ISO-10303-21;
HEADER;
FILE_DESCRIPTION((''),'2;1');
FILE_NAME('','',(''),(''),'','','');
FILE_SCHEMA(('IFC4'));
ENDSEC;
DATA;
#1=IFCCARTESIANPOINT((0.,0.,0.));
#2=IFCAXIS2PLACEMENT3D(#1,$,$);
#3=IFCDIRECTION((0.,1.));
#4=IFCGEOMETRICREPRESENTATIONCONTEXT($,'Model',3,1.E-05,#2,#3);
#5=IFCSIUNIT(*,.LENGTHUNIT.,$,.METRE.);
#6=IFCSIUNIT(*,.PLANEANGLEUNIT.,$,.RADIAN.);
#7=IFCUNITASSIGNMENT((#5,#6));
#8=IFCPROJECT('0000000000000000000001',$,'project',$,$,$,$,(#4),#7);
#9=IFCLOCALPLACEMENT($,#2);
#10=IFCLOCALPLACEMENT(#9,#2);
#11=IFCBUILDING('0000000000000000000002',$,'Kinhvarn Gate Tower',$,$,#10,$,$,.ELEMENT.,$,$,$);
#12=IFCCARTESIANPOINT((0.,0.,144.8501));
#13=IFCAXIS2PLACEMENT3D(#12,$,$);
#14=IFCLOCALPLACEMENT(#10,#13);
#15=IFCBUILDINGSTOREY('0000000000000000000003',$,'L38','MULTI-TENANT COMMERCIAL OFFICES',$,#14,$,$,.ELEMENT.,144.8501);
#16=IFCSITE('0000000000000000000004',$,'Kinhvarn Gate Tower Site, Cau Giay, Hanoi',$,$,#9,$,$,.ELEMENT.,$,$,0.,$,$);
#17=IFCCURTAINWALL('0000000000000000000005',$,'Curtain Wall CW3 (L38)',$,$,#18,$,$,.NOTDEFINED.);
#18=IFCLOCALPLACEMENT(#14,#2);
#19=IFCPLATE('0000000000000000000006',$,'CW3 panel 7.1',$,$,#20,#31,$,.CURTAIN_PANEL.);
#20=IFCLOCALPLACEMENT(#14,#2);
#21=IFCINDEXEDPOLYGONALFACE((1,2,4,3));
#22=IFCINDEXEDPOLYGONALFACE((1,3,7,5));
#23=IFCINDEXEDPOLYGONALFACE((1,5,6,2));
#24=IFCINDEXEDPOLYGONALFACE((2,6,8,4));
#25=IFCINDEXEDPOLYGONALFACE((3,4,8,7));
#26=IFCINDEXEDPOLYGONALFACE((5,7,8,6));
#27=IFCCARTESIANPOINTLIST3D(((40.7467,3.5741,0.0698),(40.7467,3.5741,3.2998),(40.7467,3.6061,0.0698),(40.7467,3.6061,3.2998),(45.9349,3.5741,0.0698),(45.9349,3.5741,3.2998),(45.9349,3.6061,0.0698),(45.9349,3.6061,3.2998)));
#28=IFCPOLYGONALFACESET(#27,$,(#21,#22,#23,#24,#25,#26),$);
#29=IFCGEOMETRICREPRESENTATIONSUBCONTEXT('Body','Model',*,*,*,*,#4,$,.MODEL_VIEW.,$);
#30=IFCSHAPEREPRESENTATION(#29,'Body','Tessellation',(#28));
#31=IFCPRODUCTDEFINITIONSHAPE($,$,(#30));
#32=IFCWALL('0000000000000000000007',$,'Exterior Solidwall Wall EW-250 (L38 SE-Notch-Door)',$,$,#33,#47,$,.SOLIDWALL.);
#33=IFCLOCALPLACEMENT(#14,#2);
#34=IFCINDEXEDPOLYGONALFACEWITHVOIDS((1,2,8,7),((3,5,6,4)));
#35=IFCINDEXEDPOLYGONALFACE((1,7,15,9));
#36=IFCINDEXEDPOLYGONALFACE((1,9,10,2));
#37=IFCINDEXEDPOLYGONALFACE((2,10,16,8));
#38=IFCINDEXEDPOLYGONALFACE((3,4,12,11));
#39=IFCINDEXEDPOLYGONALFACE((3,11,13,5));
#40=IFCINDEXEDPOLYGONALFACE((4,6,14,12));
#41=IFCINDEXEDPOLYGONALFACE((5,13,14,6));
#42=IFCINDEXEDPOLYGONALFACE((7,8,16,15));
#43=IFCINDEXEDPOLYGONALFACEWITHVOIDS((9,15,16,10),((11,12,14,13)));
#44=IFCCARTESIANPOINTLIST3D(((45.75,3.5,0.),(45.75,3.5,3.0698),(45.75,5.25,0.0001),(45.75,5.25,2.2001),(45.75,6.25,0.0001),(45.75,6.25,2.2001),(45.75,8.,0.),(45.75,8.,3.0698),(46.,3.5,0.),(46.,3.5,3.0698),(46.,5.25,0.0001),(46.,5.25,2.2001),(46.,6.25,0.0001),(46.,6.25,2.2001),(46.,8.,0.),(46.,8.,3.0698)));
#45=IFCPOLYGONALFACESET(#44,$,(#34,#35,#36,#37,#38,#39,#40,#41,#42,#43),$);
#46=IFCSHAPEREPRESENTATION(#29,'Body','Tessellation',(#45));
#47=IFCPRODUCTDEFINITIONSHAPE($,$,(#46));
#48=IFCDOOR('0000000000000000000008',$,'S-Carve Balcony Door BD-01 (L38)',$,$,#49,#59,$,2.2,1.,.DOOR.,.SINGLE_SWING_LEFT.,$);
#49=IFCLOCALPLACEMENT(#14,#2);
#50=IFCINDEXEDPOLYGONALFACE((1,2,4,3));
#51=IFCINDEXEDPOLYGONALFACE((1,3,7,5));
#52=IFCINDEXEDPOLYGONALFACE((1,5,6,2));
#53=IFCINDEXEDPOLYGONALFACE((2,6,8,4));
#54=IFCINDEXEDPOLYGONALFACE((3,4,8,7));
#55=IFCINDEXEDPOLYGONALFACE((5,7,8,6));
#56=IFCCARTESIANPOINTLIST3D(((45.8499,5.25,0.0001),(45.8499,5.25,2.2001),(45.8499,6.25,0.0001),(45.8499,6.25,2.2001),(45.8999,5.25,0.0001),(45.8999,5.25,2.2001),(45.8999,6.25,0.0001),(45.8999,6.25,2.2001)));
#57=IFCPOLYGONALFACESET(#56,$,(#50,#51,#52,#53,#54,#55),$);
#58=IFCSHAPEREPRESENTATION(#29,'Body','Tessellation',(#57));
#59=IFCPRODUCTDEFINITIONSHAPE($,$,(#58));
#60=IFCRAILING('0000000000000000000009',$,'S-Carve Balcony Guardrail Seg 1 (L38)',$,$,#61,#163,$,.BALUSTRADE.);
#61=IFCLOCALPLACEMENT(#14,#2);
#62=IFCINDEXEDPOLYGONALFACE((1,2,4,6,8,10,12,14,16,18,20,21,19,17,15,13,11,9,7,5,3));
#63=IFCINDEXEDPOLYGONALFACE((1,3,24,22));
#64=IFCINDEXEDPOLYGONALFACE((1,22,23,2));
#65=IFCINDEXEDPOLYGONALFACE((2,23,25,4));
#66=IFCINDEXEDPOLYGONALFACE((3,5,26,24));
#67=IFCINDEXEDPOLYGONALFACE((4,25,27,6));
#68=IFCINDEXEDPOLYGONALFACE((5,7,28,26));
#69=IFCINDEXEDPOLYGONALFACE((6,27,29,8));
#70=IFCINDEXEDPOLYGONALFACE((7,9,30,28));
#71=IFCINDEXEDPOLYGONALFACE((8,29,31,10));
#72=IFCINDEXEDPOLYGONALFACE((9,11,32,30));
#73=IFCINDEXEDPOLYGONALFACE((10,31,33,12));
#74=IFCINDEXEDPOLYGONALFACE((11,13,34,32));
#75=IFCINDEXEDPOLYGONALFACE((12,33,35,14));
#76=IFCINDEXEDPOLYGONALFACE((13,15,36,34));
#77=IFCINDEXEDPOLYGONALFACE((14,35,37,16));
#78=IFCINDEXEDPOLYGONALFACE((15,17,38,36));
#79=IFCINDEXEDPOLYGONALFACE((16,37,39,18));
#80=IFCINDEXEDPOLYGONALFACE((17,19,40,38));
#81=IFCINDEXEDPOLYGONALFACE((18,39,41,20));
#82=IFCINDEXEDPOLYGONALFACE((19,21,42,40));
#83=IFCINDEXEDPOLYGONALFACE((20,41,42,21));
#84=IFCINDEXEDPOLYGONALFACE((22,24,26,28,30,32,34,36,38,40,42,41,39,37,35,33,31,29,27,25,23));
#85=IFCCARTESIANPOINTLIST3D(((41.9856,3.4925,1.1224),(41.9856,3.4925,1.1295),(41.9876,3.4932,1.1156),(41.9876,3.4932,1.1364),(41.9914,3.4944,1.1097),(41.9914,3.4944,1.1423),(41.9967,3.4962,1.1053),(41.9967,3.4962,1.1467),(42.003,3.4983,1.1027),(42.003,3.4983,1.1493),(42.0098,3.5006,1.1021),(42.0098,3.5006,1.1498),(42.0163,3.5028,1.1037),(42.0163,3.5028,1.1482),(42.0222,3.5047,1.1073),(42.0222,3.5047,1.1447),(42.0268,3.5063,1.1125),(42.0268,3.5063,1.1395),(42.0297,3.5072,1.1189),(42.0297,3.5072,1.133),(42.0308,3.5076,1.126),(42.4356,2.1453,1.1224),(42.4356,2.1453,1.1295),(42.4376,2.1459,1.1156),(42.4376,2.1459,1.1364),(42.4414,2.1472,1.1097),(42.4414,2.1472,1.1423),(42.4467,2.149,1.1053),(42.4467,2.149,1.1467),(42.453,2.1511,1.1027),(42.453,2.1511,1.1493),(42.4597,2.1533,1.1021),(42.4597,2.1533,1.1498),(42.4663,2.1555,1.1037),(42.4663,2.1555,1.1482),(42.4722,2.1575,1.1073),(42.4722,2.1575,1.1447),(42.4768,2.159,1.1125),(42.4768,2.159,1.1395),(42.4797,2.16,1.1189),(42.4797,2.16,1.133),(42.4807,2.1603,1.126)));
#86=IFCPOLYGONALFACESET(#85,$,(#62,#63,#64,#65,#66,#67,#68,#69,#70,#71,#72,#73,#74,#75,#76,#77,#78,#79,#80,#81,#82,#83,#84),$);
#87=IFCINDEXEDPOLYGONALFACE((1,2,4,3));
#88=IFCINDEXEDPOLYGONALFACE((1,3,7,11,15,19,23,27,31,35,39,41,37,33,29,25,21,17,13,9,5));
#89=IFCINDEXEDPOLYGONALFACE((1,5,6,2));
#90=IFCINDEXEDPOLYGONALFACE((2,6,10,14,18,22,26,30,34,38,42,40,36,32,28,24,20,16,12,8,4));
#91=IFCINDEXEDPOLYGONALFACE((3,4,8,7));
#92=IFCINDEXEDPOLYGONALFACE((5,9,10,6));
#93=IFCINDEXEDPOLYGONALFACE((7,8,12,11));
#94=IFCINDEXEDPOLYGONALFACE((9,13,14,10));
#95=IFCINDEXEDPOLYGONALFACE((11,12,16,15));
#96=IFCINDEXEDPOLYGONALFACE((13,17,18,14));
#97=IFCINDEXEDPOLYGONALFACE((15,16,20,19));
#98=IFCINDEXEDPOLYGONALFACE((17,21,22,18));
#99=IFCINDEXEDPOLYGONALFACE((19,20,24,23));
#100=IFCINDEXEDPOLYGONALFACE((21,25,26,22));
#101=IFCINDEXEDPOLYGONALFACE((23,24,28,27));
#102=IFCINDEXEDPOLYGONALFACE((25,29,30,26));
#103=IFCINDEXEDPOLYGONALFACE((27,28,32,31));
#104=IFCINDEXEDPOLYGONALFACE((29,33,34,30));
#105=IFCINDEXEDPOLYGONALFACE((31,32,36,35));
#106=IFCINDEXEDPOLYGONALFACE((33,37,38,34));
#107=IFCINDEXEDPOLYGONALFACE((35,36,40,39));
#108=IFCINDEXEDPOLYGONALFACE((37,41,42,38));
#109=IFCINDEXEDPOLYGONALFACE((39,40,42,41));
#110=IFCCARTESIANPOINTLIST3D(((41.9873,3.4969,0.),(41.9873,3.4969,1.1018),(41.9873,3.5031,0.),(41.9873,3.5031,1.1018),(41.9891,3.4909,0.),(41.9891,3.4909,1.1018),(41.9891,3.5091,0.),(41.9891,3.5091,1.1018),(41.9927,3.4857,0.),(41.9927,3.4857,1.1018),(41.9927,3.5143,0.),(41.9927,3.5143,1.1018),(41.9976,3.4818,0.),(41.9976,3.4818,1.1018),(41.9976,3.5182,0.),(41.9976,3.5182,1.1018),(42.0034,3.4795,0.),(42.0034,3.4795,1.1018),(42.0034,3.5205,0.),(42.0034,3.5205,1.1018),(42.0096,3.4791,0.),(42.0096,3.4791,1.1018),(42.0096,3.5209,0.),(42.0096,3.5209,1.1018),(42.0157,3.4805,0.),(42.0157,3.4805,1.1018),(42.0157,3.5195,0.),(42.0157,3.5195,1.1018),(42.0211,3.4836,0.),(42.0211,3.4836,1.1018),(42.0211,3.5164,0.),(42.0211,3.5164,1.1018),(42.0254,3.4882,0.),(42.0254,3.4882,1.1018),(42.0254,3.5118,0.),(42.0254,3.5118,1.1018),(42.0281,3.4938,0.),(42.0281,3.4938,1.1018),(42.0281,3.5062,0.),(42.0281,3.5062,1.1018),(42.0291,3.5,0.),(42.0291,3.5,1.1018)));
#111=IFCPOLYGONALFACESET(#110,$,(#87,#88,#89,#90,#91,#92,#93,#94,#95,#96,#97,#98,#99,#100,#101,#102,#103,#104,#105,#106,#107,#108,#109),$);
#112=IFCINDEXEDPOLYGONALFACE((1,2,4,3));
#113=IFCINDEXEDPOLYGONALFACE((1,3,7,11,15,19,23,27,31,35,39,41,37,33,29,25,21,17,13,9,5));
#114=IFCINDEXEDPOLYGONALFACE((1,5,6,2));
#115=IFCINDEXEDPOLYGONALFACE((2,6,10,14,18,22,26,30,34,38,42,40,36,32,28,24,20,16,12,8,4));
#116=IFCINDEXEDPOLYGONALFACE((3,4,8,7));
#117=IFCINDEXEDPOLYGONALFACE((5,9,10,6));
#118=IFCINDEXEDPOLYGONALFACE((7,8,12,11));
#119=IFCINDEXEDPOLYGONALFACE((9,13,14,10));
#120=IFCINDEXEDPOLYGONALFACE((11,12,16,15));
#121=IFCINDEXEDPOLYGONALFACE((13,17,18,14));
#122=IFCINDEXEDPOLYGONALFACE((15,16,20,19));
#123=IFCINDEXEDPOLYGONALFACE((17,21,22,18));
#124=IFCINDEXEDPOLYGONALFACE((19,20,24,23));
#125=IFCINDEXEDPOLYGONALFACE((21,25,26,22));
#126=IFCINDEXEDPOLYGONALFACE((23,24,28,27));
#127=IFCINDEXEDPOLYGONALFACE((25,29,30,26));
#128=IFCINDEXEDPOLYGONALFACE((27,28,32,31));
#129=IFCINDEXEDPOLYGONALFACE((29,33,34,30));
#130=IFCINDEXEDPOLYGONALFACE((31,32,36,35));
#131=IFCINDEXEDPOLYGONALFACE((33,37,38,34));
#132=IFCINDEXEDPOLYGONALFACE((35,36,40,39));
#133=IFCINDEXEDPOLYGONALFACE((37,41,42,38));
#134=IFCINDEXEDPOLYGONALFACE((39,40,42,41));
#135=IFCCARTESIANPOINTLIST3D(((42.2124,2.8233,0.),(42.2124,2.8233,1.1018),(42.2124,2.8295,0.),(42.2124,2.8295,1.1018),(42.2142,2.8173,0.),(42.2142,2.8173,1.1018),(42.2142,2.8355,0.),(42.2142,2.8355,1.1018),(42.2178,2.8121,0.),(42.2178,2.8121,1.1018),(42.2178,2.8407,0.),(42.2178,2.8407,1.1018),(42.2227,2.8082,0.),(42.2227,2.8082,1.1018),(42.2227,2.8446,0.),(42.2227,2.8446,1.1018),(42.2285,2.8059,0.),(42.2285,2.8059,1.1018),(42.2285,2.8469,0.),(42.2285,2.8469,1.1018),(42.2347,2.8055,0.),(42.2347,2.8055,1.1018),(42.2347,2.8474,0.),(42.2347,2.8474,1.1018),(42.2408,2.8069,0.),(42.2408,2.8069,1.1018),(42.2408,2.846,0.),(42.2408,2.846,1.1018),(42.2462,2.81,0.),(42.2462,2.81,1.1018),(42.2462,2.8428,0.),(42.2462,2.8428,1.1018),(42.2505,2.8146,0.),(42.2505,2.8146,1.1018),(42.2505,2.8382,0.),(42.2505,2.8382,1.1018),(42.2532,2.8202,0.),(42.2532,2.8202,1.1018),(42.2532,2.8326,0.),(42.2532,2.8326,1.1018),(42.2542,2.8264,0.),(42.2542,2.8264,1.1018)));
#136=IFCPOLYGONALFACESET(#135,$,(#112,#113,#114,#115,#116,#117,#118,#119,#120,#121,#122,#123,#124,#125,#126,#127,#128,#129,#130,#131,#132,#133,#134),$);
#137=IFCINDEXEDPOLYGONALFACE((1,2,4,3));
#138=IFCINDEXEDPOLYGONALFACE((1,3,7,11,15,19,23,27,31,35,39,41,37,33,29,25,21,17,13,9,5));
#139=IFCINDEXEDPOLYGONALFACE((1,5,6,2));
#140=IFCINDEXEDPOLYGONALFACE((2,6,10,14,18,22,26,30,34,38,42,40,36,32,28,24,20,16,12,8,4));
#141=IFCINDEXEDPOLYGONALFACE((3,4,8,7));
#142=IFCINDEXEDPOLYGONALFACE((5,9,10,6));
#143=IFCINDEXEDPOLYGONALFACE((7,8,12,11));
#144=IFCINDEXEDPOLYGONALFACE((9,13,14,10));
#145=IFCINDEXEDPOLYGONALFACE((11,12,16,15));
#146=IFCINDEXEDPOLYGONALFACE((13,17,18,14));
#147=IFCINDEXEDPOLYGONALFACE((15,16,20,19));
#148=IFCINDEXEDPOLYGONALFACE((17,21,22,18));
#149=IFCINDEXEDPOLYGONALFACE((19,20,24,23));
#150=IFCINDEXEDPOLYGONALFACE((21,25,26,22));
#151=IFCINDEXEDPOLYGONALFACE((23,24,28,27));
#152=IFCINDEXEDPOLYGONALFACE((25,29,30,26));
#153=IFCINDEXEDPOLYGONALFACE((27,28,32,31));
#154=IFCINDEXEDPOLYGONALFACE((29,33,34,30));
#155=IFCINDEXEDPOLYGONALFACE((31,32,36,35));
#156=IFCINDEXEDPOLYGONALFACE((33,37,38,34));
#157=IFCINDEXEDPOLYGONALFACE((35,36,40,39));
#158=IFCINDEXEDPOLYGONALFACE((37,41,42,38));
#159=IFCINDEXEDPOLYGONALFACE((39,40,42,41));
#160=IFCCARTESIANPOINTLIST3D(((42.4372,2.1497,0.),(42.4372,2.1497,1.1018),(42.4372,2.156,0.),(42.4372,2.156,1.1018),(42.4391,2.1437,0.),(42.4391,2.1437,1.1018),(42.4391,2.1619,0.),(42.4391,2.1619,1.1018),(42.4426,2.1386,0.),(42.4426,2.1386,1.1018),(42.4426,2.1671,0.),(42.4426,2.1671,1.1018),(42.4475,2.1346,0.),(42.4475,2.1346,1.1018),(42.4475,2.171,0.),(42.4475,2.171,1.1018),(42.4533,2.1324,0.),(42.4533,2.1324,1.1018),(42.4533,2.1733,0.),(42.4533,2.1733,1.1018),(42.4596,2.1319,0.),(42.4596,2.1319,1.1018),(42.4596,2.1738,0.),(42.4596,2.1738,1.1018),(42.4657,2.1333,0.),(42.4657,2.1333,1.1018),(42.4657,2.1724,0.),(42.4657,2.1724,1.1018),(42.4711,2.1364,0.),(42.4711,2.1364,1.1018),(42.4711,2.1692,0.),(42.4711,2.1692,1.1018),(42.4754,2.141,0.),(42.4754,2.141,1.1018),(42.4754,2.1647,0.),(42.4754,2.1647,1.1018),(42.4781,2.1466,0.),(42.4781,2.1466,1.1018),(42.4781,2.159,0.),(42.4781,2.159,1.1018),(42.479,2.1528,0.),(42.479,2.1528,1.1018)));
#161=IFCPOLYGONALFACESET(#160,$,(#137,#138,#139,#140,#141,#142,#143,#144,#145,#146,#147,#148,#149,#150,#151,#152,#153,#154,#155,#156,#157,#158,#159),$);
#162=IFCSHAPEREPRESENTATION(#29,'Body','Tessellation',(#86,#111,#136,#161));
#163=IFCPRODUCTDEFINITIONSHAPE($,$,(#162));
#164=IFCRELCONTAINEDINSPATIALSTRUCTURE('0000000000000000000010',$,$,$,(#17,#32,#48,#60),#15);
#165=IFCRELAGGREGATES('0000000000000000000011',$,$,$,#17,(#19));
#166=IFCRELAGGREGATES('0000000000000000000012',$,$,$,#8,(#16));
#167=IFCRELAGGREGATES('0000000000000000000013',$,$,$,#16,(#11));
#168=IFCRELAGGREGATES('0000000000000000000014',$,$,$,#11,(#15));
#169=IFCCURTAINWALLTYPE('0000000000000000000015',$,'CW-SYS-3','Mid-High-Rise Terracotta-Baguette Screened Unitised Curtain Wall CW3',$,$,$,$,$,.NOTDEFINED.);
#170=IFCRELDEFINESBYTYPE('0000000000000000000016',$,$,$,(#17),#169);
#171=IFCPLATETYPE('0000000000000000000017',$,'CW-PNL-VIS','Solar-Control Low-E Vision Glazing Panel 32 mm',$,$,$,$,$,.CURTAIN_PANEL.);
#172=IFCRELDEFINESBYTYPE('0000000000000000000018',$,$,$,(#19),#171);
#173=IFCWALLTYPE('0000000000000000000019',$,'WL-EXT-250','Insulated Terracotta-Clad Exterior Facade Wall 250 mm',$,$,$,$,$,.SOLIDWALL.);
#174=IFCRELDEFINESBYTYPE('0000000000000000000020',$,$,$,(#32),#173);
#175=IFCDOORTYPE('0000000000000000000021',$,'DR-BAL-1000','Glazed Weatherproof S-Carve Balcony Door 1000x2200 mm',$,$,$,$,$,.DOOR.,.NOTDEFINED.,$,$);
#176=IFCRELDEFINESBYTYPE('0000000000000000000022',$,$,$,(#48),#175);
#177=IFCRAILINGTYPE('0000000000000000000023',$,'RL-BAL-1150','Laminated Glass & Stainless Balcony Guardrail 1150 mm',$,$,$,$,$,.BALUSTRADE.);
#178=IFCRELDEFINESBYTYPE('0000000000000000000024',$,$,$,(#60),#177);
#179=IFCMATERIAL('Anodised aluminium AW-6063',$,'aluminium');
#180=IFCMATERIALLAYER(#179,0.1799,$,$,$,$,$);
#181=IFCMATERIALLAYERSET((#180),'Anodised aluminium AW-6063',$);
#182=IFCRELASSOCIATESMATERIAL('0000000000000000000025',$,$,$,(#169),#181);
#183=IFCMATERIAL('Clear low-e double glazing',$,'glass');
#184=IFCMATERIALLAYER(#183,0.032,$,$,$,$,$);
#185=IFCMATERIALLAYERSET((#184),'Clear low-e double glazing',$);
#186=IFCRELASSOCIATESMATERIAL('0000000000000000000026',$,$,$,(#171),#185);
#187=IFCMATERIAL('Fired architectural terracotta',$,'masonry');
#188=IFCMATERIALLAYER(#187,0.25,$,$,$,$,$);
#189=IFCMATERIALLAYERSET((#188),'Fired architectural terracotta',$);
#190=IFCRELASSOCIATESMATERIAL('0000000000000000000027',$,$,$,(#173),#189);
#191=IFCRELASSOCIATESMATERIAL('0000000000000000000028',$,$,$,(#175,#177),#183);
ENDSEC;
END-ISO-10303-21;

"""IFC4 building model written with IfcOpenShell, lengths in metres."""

from ifc_helpers import new_model, si_unit, direction, frame, frame_2d, origin, origin_2d, place, context, subcontext, project, spatial, rectangle, circle, extrude, material, layer, layer_set, type_object, element, fill, aggregate, save


model = new_model("IFC4")

# Units and contexts
model_context = context("Model", 3, precision=1e-05, world=origin(), true_north=direction((0.0, 1.0)))
body_context = subcontext(model_context, "Body", "Model", "MODEL_VIEW")
ifc_project = project(units=[si_unit("LENGTHUNIT", "METRE"), si_unit("PLANEANGLEUNIT", "RADIAN")], contexts=[model_context])

# Site, building, storey
site_placement = place(None, origin())
site = spatial("IfcSite", under=ifc_project, at=site_placement, Name="Kinhvarn Gate Tower Site, Cau Giay, Hanoi", CompositionType="ELEMENT", RefElevation=0.0)
building_placement = place(site_placement, origin())
building = spatial("IfcBuilding", under=site, at=building_placement, Name="Kinhvarn Gate Tower", CompositionType="ELEMENT")
storey_placement = place(building_placement, frame((0.0, 0.0, 144.8501)))
storey = spatial("IfcBuildingStorey", under=building, at=storey_placement, Name="L38", Description="MULTI-TENANT COMMERCIAL OFFICES", CompositionType="ELEMENT", Elevation=144.8501)

# Curtain wall
ifc_material_1 = material(Name="Anodised aluminium AW-6063", Category="aluminium")
ifc_layer_1 = layer(ifc_material_1, 0.1799)
ifc_layer_set_1 = layer_set([ifc_layer_1], Name="Anodised aluminium AW-6063")
curtain_wall_type = type_object("IfcCurtainWallType", Name="CW-SYS-3", Description="Mid-High-Rise Terracotta-Baguette Screened Unitised Curtain Wall CW3", PredefinedType="NOTDEFINED", material=ifc_layer_set_1)
curtain_wall_1_placement = place(storey_placement, origin())
curtain_wall_1 = element("IfcCurtainWall", 1, at=curtain_wall_1_placement, inside=storey, type_object=curtain_wall_type, Name="Curtain Wall CW3 (L38)", PredefinedType="NOTDEFINED")

# Plate
ifc_material_2 = material(Name="Clear low-e double glazing", Category="glass")
ifc_layer_2 = layer(ifc_material_2, 0.032)
ifc_layer_set_2 = layer_set([ifc_layer_2], Name="Clear low-e double glazing")
plate_type = type_object("IfcPlateType", Name="CW-PNL-VIS", Description="Solar-Control Low-E Vision Glazing Panel 32 mm", PredefinedType="CURTAIN_PANEL", material=ifc_layer_set_2)
plate_placement = place(storey_placement, frame((43.3408, 3.5901, 0.0698), z_axis=(0.0, 0.0, 1.0), x_axis=(1.0, 0.0, 0.0)))
plate = element("IfcPlate", 2, at=plate_placement, type_object=plate_type, Name="CW3 panel 7.1", PredefinedType="CURTAIN_PANEL", context=body_context, shape_type="SweptSolid", body=[
    extrude(rectangle(XDim=5.1882, YDim=0.032, at=origin_2d()), origin(), (0.0, 0.0, 1.0), 3.23),
])
aggregate(curtain_wall_1, [plate])

# Wall, opening, door
ifc_material_3 = material(Name="Fired architectural terracotta", Category="masonry")
ifc_layer_3 = layer(ifc_material_3, 0.25)
ifc_layer_set_3 = layer_set([ifc_layer_3], Name="Fired architectural terracotta")
wall_type = type_object("IfcWallType", Name="WL-EXT-250", Description="Insulated Terracotta-Clad Exterior Facade Wall 250 mm", PredefinedType="SOLIDWALL", material=ifc_layer_set_3)
wall_placement = place(storey_placement, frame((45.875, 3.5, 0.0), z_axis=(0.0, 0.0, 1.0), x_axis=(0.0, 1.0, 0.0)))
wall = element("IfcWall", 3, at=wall_placement, inside=storey, type_object=wall_type, Name="Exterior Solidwall Wall EW-250 (L38 SE-Notch-Door)", PredefinedType="SOLIDWALL", context=body_context, shape_type="SweptSolid", body=[
    extrude(rectangle(XDim=4.5, YDim=0.25, at=frame_2d((2.25, 0.0))), origin(), (0.0, 0.0, 1.0), 3.0698),
])
opening_placement = place(wall_placement, frame((1.75, 0.0, 0.0)))
opening = element("IfcOpeningElement", 4, at=opening_placement, cuts=wall, PredefinedType="OPENING", context=body_context, shape_type="SweptSolid", body=[
    extrude(rectangle(XDim=1.0, YDim=2.2, at=frame_2d((0.5, 1.1001))), frame((0.0, 0.135, 0.0), z_axis=(0.0, -1.0, 0.0), x_axis=(1.0, 0.0, 0.0)), (0.0, 0.0, 1.0), 0.27),
])
door_type = type_object("IfcDoorType", Name="DR-BAL-1000", Description="Glazed Weatherproof S-Carve Balcony Door 1000x2200 mm", OperationType="NOTDEFINED", PredefinedType="DOOR", material=ifc_material_2)
door_placement = place(opening_placement, frame((1.0, 0.0, 0.0), z_axis=(0.0, 0.0, 1.0), x_axis=(-1.0, 0.0, 0.0)))
door = element("IfcDoor", 5, at=door_placement, inside=storey, type_object=door_type, Name="S-Carve Balcony Door BD-01 (L38)", OperationType="SINGLE_SWING_LEFT", OverallHeight=2.2, OverallWidth=1.0, PredefinedType="DOOR", context=body_context, shape_type="SweptSolid", body=[
    extrude(rectangle(XDim=1.0, YDim=2.2, at=frame_2d((0.5, 1.1001))), frame((0.0, 0.0249, 0.0), z_axis=(0.0, -1.0, 0.0), x_axis=(1.0, 0.0, 0.0)), (0.0, 0.0, 1.0), 0.05),
])
fill(opening, door)

# Railing
railing_type = type_object("IfcRailingType", Name="RL-BAL-1150", Description="Laminated Glass & Stainless Balcony Guardrail 1150 mm", PredefinedType="BALUSTRADE", material=ifc_material_2)
railing_1_placement = place(storey_placement, frame((42.0081, 3.5, 0.0)))
element("IfcRailing", 6, at=railing_1_placement, inside=storey, type_object=railing_type, Name="S-Carve Balcony Guardrail Seg 1 (L38)", PredefinedType="BALUSTRADE", context=body_context, shape_type="SweptSolid", body=[
    extrude(circle(Radius=0.0239, at=origin_2d()), frame((0.0, 0.0, 1.126), z_axis=(0.316795, -0.948494, 0.0), x_axis=(0.948494, 0.316795, 0.0)), (0.0, 0.0, 1.0), 1.4204),
    extrude(circle(Radius=0.021, at=origin_2d()), origin(), (0.0, 0.0, 1.0), 1.1018),
    extrude(circle(Radius=0.021, at=origin_2d()), frame((0.2251, -0.6736, 0.0)), (0.0, 0.0, 1.0), 1.1018),
    extrude(circle(Radius=0.021, at=origin_2d()), frame((0.45, -1.3472, 0.0)), (0.0, 0.0, 1.0), 1.1018),
])

save(model, "model.ifc")
